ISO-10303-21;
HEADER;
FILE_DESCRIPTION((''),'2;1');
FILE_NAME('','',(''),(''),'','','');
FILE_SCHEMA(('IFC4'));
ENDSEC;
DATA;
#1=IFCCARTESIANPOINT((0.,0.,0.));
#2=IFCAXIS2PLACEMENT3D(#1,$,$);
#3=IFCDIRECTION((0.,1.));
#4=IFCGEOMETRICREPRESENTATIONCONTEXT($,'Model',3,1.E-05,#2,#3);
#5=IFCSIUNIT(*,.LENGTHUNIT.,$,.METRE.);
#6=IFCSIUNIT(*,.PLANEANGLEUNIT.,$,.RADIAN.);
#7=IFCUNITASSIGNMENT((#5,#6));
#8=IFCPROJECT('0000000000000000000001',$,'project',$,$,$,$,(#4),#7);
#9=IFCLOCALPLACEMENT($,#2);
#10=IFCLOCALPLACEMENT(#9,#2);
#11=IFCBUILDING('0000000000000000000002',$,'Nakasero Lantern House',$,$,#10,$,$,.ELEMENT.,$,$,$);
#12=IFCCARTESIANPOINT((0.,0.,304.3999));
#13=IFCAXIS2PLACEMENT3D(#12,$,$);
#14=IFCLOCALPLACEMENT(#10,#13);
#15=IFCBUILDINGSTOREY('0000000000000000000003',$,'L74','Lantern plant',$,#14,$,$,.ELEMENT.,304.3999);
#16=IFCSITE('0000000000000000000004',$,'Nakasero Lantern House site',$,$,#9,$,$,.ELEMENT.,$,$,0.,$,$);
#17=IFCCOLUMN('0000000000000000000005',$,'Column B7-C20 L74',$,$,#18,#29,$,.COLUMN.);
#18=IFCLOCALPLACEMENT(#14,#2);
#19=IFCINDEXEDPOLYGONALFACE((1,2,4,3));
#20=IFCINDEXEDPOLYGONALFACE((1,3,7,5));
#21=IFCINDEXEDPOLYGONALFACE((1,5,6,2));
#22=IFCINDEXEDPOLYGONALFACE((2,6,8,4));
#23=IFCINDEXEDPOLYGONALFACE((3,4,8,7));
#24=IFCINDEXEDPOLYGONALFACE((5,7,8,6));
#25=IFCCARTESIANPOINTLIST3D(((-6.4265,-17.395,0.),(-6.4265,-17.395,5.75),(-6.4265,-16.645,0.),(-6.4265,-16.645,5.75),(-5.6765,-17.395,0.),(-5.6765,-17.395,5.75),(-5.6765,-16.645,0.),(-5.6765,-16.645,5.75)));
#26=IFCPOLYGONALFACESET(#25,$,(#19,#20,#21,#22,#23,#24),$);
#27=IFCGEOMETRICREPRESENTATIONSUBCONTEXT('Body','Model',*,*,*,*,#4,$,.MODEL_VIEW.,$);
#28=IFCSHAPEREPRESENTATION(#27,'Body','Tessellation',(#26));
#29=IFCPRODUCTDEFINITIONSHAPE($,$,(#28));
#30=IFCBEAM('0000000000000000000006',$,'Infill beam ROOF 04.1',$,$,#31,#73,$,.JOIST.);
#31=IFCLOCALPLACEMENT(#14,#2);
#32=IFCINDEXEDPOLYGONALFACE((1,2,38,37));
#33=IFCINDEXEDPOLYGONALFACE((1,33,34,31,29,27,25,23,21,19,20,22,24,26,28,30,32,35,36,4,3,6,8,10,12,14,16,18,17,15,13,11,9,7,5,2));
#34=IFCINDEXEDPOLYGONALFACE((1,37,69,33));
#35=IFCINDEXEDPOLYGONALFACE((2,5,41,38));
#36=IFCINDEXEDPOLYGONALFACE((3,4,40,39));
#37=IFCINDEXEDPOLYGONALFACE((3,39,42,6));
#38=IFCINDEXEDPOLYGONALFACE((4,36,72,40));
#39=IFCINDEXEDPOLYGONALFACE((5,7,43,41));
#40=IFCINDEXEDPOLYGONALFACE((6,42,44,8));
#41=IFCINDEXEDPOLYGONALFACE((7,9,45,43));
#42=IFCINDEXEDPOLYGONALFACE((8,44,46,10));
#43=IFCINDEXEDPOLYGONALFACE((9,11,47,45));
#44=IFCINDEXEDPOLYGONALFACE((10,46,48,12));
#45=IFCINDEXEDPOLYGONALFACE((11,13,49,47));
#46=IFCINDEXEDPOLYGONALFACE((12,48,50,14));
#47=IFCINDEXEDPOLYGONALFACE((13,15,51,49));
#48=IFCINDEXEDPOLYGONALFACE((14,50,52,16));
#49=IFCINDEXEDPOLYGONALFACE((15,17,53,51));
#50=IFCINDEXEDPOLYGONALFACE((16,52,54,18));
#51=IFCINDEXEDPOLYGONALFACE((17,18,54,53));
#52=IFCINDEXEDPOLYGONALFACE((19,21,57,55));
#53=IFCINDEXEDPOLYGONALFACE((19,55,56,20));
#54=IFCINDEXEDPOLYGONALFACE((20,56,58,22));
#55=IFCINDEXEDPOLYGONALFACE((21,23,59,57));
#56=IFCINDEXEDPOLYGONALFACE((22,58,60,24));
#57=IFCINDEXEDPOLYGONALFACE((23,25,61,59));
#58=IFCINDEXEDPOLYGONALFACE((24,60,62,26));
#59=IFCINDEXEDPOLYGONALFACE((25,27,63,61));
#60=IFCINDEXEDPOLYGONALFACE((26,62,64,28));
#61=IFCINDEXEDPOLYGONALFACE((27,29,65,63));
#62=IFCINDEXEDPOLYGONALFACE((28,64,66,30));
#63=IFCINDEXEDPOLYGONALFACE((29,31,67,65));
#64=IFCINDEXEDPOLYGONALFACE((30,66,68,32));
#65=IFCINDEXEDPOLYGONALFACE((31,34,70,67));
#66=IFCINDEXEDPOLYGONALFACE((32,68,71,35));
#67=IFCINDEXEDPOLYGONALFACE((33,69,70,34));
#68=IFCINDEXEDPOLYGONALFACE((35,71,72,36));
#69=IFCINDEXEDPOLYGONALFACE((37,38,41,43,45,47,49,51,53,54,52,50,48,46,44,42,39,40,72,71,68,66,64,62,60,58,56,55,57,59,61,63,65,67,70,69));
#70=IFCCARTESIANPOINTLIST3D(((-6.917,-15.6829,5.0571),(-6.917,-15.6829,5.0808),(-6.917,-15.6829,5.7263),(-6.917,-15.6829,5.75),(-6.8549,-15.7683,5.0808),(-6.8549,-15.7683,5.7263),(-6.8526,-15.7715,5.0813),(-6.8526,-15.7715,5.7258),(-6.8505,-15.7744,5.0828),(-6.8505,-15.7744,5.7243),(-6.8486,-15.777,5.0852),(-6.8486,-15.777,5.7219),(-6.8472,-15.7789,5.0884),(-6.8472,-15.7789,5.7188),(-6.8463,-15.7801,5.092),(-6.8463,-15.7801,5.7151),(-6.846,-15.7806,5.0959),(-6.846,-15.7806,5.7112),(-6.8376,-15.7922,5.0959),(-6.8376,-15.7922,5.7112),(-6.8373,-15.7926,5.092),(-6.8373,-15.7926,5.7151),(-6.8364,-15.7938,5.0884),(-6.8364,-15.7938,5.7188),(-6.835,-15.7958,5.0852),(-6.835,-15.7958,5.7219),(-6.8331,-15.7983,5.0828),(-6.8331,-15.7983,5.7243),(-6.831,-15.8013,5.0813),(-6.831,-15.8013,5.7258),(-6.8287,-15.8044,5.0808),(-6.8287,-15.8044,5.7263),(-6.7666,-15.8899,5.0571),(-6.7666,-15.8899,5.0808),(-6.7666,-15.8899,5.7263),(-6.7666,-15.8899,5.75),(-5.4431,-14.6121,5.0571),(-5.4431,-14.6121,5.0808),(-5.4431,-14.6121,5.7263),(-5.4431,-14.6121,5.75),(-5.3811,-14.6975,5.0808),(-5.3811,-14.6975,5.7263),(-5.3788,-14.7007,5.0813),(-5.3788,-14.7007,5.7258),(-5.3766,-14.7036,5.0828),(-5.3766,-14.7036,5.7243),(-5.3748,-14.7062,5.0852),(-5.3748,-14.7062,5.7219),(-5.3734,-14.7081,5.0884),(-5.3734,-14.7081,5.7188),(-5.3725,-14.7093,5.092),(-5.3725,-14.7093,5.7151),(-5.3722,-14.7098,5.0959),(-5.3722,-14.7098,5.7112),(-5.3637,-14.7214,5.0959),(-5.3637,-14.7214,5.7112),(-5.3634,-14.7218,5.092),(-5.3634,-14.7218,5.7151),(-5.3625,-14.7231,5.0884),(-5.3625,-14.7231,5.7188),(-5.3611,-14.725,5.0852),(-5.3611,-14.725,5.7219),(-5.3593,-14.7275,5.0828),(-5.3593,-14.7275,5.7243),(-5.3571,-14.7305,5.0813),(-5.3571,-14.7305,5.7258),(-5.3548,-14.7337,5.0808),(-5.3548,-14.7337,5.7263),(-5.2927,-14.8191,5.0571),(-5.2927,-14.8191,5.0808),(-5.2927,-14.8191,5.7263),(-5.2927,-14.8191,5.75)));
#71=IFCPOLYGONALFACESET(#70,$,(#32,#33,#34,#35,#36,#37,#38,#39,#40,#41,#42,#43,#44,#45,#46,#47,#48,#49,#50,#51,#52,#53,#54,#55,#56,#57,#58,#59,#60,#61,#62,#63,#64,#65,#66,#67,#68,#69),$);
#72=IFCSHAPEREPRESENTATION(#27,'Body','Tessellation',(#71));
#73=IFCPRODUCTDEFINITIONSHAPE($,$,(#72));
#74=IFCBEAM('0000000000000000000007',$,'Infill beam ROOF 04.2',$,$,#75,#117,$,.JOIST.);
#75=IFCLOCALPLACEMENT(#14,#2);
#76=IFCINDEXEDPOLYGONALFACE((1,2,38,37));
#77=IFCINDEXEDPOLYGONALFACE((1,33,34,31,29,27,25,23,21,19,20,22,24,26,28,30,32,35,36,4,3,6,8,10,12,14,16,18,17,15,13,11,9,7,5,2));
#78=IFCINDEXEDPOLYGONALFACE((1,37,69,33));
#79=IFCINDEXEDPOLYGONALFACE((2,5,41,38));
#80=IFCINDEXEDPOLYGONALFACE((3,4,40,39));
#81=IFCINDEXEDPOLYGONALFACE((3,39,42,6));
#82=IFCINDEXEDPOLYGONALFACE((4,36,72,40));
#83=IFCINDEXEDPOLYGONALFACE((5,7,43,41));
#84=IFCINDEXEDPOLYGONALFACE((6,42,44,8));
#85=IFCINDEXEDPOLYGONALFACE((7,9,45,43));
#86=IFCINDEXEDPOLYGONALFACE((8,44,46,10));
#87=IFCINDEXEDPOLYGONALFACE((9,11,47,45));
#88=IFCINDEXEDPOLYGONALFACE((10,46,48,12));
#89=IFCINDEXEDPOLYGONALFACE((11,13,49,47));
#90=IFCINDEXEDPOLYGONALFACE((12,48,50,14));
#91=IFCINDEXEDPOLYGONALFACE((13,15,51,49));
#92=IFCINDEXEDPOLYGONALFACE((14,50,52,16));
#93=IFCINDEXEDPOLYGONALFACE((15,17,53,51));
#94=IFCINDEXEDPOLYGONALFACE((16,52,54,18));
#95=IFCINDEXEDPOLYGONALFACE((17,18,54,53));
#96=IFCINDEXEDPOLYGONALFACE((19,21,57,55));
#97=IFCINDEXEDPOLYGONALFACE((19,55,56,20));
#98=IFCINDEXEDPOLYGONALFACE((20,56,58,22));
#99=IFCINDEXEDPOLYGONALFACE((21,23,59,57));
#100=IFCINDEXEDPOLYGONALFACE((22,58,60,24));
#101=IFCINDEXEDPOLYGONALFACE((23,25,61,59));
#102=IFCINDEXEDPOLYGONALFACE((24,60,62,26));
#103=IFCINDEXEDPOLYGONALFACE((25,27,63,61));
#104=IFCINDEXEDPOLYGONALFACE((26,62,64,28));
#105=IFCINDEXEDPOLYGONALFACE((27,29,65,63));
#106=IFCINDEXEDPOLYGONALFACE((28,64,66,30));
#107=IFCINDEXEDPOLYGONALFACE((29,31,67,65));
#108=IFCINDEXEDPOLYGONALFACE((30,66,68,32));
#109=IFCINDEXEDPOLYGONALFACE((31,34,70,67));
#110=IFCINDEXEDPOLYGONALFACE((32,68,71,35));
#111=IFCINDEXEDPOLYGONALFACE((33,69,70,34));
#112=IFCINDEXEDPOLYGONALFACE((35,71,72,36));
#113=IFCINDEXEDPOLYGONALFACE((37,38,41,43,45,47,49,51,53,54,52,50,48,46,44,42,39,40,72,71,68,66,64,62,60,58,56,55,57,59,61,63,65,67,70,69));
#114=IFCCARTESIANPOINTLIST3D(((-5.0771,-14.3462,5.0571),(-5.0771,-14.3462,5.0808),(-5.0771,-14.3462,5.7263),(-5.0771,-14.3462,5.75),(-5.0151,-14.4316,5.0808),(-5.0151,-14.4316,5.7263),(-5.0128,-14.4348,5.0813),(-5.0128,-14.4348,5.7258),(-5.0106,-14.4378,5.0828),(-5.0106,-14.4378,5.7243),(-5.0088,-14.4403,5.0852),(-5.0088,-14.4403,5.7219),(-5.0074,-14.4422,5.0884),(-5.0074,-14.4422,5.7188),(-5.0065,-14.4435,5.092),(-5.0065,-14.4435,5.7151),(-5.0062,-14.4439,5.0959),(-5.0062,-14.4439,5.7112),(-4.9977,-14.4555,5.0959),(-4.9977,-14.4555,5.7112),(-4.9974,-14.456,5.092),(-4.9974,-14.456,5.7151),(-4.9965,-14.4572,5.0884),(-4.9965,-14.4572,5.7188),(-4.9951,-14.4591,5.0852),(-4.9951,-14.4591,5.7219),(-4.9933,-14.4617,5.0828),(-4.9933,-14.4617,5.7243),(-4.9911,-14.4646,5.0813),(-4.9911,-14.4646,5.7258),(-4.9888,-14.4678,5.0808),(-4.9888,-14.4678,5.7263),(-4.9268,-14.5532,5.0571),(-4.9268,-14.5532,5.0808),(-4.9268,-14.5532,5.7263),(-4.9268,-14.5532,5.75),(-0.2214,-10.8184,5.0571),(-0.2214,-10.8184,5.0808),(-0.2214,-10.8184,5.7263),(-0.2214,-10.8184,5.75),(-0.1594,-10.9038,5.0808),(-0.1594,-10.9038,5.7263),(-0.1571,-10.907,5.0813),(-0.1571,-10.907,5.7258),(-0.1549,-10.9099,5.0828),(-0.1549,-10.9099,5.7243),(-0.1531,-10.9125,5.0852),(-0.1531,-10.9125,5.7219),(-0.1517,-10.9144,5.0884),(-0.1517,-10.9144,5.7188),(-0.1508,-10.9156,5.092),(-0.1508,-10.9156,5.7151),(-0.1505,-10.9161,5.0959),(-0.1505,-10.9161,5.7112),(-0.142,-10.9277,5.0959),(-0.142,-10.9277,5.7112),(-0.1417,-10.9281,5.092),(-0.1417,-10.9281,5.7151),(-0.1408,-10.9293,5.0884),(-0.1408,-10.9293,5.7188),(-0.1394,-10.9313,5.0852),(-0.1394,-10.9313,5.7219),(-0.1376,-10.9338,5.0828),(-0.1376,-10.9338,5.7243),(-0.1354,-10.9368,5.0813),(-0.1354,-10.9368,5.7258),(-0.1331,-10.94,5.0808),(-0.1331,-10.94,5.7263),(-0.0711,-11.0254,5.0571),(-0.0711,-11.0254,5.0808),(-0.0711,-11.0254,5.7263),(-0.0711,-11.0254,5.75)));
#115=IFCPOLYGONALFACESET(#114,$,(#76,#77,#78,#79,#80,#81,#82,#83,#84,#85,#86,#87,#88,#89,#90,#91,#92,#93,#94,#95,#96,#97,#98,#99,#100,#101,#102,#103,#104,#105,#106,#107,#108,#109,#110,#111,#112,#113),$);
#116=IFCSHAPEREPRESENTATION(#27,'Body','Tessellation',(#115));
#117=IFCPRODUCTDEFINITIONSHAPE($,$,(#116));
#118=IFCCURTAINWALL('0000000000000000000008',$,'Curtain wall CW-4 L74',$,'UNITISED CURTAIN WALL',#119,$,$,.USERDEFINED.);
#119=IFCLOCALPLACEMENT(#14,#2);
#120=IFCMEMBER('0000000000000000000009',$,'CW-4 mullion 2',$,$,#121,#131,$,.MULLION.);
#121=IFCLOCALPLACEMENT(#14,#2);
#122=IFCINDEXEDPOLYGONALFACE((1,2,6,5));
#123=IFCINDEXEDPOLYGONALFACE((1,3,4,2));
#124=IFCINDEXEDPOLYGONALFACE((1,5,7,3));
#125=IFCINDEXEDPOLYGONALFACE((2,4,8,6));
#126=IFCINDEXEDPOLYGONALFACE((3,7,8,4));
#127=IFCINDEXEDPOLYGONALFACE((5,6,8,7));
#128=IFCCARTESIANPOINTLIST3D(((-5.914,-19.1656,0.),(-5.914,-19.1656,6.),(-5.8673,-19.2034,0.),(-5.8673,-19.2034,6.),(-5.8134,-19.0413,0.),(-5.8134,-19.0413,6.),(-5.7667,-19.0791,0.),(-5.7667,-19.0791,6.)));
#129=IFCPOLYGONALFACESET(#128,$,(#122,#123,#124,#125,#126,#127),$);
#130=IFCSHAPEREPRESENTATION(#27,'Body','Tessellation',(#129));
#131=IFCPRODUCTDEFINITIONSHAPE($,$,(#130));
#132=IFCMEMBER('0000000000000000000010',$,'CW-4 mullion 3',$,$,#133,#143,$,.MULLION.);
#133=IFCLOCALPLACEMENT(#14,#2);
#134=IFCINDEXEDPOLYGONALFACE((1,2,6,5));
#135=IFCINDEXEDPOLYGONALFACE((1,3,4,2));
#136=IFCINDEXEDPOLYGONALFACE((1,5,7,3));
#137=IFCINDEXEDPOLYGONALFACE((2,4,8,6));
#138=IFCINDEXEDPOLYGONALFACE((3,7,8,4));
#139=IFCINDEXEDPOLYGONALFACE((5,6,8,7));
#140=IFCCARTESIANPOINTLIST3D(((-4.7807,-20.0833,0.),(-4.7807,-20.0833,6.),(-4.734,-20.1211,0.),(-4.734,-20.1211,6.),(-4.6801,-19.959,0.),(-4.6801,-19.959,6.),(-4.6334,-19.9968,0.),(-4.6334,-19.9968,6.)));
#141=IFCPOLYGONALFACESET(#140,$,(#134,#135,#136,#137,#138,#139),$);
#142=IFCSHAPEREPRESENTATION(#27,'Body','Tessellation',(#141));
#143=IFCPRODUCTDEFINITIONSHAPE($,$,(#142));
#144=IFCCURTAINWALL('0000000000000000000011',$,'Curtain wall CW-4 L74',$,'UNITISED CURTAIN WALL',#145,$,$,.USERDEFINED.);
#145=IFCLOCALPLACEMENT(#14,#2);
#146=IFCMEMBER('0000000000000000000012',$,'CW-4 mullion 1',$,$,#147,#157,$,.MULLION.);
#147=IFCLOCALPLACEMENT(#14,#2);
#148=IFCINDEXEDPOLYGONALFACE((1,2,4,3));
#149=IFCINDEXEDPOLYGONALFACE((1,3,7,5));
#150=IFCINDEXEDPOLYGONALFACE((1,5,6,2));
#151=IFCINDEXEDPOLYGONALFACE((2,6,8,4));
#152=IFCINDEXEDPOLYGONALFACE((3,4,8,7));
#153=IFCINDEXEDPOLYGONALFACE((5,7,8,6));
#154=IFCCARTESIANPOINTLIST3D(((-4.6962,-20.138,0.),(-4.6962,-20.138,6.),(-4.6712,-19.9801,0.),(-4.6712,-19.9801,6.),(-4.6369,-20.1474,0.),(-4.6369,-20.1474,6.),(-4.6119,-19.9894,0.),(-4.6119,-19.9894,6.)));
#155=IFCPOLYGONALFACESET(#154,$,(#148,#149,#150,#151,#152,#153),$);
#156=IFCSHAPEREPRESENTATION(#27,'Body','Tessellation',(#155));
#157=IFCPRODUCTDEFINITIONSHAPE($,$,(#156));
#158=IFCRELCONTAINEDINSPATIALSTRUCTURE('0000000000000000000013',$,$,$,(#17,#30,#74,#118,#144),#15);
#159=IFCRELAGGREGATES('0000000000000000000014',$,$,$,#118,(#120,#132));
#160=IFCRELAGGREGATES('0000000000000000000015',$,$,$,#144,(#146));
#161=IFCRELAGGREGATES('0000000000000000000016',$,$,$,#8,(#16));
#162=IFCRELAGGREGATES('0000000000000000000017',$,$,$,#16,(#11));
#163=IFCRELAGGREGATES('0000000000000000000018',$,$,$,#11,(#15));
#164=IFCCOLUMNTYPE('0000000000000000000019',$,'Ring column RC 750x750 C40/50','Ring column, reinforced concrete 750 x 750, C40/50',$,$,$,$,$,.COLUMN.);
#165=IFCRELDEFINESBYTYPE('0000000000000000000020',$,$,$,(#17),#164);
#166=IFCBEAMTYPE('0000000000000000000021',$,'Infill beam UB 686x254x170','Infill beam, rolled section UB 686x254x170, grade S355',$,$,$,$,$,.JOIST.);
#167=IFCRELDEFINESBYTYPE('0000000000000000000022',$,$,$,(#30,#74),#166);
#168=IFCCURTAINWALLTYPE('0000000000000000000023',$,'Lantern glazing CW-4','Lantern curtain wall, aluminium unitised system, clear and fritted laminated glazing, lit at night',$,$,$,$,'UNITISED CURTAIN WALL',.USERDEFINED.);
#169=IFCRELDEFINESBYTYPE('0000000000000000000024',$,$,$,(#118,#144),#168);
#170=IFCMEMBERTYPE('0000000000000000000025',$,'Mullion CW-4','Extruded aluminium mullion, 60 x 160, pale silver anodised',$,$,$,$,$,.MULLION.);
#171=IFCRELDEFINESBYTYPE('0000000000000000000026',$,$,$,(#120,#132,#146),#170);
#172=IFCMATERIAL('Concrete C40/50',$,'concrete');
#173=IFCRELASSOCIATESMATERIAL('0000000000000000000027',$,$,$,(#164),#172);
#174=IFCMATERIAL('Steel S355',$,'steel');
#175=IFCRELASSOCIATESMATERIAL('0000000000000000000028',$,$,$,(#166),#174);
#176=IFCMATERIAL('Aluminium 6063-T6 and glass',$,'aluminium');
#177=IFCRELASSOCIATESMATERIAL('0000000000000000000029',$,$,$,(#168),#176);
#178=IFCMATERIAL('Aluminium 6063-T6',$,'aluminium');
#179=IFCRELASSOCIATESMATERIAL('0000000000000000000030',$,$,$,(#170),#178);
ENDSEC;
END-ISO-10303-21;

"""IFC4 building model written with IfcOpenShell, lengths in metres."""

from ifc_helpers import new_model, si_unit, direction, frame, origin, origin_2d, place, context, subcontext, project, spatial, rectangle, i_section, extrude, material, material_profile, profile_set, type_object, element, aggregate, save


model = new_model("IFC4")

# Units and contexts
model_context = context("Model", 3, precision=1e-05, world=origin(), true_north=direction((0.0, 1.0)))
body_context = subcontext(model_context, "Body", "Model", "MODEL_VIEW")
ifc_project = project(units=[si_unit("LENGTHUNIT", "METRE"), si_unit("PLANEANGLEUNIT", "RADIAN")], contexts=[model_context])

# Site, building, storey
site_placement = place(None, origin())
site = spatial("IfcSite", under=ifc_project, at=site_placement, Name="Nakasero Lantern House site", CompositionType="ELEMENT", RefElevation=0.0)
building_placement = place(site_placement, origin())
building = spatial("IfcBuilding", under=site, at=building_placement, Name="Nakasero Lantern House", CompositionType="ELEMENT")
storey_placement = place(building_placement, frame((0.0, 0.0, 304.3999)))
storey = spatial("IfcBuildingStorey", under=building, at=storey_placement, Name="L74", Description="Lantern plant", CompositionType="ELEMENT", Elevation=304.3999)

# Column
ifc_material_1 = material(Name="Concrete C40/50", Category="concrete")
ifc_material_profile_1 = material_profile(ifc_material_1, rectangle(XDim=0.75, YDim=0.75, at=origin_2d()), Name="RC 750x750")
ifc_profile_set_1 = profile_set([ifc_material_profile_1], Name="Concrete C40/50")
column_type = type_object("IfcColumnType", Name="Ring column RC 750x750 C40/50", Description="Ring column, reinforced concrete 750 x 750, C40/50", PredefinedType="COLUMN", material=ifc_profile_set_1)
column_placement = place(storey_placement, frame((-6.0515, -17.02, 0.0), z_axis=(0.0, 0.0, 1.0), x_axis=(1.0, 0.0, 0.0)))
element("IfcColumn", 1, at=column_placement, inside=storey, type_object=column_type, Name="Column B7-C20 L74", PredefinedType="COLUMN", context=body_context, shape_type="SweptSolid", body=[
    extrude(rectangle(XDim=0.75, YDim=0.75, at=origin_2d()), origin(), (0.0, 0.0, 1.0), 5.75),
])

# Beams
ifc_material_2 = material(Name="Steel S355", Category="steel")
ifc_material_profile_2 = material_profile(ifc_material_2, i_section(OverallWidth=0.2559, OverallDepth=0.6929, WebThickness=0.0144, FlangeThickness=0.0237, FilletRadius=0.0151, at=origin_2d()), Name="UB 686x254x170")
ifc_profile_set_2 = profile_set([ifc_material_profile_2], Name="Steel S355")
beam_type_1 = type_object("IfcBeamType", Name="Infill beam UB 686x254x170", Description="Infill beam, rolled section UB 686x254x170, grade S355", PredefinedType="JOIST", material=ifc_profile_set_2)
beam_1_placement = place(storey_placement, frame((-6.8418, -15.7864, 5.4036), z_axis=(0.809026, 0.587773, 0.0), x_axis=(-0.587773, 0.809026, 0.0)))
element("IfcBeam", 2, at=beam_1_placement, inside=storey, type_object=beam_type_1, Name="Infill beam ROOF 04.1", PredefinedType="JOIST", context=body_context, shape_type="SweptSolid", body=[
    extrude(i_section(OverallWidth=0.2559, OverallDepth=0.6929, WebThickness=0.0144, FlangeThickness=0.0237, FilletRadius=0.0151, at=origin_2d()), origin(), (0.0, 0.0, 1.0), 1.8218),
])
beam_2_placement = place(storey_placement, frame((-5.002, -14.4497, 5.4036), z_axis=(0.809021, 0.58778, 0.0), x_axis=(-0.58778, 0.809021, 0.0)))
element("IfcBeam", 3, at=beam_2_placement, inside=storey, type_object=beam_type_1, Name="Infill beam ROOF 04.2", PredefinedType="JOIST", context=body_context, shape_type="SweptSolid", body=[
    extrude(i_section(OverallWidth=0.2559, OverallDepth=0.6929, WebThickness=0.0144, FlangeThickness=0.0237, FilletRadius=0.0151, at=origin_2d()), origin(), (0.0, 0.0, 1.0), 6.002),
])

# Curtain wall, members
ifc_material_3 = material(Name="Aluminium 6063-T6 and glass", Category="aluminium")
curtain_wall_type = type_object("IfcCurtainWallType", Name="Lantern glazing CW-4", Description="Lantern curtain wall, aluminium unitised system, clear and fritted laminated glazing, lit at night", ElementType="UNITISED CURTAIN WALL", PredefinedType="USERDEFINED", material=ifc_material_3)
curtain_wall_1_placement = place(storey_placement, origin())
curtain_wall_1 = element("IfcCurtainWall", 4, at=curtain_wall_1_placement, inside=storey, type_object=curtain_wall_type, Name="Curtain wall CW-4 L74", ObjectType="UNITISED CURTAIN WALL", PredefinedType="USERDEFINED")
ifc_material_4 = material(Name="Aluminium 6063-T6", Category="aluminium")
ifc_material_profile_3 = material_profile(ifc_material_4, rectangle(XDim=0.0601, YDim=0.1599, at=origin_2d()), Name="CW-4 mullion 60x160")
ifc_profile_set_3 = profile_set([ifc_material_profile_3], Name="Aluminium 6063-T6")
member_type_1 = type_object("IfcMemberType", Name="Mullion CW-4", Description="Extruded aluminium mullion, 60 x 160, pale silver anodised", PredefinedType="MULLION", material=ifc_profile_set_3)
member_1_placement = place(storey_placement, frame((-5.8403, -19.1223, 0.0), z_axis=(0.0, 0.0, 1.0), x_axis=(0.777146, -0.62932, 0.0)))
member_1 = element("IfcMember", 5, at=member_1_placement, type_object=member_type_1, Name="CW-4 mullion 2", PredefinedType="MULLION", context=body_context, shape_type="SweptSolid", body=[
    extrude(rectangle(XDim=0.0601, YDim=0.1599, at=origin_2d()), origin(), (0.0, 0.0, 1.0), 6.0),
])
member_2_placement = place(storey_placement, frame((-4.707, -20.04, 0.0), z_axis=(0.0, 0.0, 1.0), x_axis=(0.777146, -0.62932, 0.0)))
member_2 = element("IfcMember", 6, at=member_2_placement, type_object=member_type_1, Name="CW-4 mullion 3", PredefinedType="MULLION", context=body_context, shape_type="SweptSolid", body=[
    extrude(rectangle(XDim=0.0601, YDim=0.1599, at=origin_2d()), origin(), (0.0, 0.0, 1.0), 6.0),
])

# Curtain wall, member
curtain_wall_2_placement = place(storey_placement, origin())
curtain_wall_2 = element("IfcCurtainWall", 7, at=curtain_wall_2_placement, inside=storey, type_object=curtain_wall_type, Name="Curtain wall CW-4 L74", ObjectType="UNITISED CURTAIN WALL", PredefinedType="USERDEFINED")
member_3_placement = place(storey_placement, frame((-4.6541, -20.0637, 0.0), z_axis=(0.0, 0.0, 1.0), x_axis=(0.987688, -0.156434, 0.0)))
member_3 = element("IfcMember", 8, at=member_3_placement, type_object=member_type_1, Name="CW-4 mullion 1", PredefinedType="MULLION", context=body_context, shape_type="SweptSolid", body=[
    extrude(rectangle(XDim=0.0601, YDim=0.1599, at=origin_2d()), origin(), (0.0, 0.0, 1.0), 6.0),
])

aggregate(curtain_wall_1, [member_1, member_2])
aggregate(curtain_wall_2, [member_3])

save(model, "model.ifc")
